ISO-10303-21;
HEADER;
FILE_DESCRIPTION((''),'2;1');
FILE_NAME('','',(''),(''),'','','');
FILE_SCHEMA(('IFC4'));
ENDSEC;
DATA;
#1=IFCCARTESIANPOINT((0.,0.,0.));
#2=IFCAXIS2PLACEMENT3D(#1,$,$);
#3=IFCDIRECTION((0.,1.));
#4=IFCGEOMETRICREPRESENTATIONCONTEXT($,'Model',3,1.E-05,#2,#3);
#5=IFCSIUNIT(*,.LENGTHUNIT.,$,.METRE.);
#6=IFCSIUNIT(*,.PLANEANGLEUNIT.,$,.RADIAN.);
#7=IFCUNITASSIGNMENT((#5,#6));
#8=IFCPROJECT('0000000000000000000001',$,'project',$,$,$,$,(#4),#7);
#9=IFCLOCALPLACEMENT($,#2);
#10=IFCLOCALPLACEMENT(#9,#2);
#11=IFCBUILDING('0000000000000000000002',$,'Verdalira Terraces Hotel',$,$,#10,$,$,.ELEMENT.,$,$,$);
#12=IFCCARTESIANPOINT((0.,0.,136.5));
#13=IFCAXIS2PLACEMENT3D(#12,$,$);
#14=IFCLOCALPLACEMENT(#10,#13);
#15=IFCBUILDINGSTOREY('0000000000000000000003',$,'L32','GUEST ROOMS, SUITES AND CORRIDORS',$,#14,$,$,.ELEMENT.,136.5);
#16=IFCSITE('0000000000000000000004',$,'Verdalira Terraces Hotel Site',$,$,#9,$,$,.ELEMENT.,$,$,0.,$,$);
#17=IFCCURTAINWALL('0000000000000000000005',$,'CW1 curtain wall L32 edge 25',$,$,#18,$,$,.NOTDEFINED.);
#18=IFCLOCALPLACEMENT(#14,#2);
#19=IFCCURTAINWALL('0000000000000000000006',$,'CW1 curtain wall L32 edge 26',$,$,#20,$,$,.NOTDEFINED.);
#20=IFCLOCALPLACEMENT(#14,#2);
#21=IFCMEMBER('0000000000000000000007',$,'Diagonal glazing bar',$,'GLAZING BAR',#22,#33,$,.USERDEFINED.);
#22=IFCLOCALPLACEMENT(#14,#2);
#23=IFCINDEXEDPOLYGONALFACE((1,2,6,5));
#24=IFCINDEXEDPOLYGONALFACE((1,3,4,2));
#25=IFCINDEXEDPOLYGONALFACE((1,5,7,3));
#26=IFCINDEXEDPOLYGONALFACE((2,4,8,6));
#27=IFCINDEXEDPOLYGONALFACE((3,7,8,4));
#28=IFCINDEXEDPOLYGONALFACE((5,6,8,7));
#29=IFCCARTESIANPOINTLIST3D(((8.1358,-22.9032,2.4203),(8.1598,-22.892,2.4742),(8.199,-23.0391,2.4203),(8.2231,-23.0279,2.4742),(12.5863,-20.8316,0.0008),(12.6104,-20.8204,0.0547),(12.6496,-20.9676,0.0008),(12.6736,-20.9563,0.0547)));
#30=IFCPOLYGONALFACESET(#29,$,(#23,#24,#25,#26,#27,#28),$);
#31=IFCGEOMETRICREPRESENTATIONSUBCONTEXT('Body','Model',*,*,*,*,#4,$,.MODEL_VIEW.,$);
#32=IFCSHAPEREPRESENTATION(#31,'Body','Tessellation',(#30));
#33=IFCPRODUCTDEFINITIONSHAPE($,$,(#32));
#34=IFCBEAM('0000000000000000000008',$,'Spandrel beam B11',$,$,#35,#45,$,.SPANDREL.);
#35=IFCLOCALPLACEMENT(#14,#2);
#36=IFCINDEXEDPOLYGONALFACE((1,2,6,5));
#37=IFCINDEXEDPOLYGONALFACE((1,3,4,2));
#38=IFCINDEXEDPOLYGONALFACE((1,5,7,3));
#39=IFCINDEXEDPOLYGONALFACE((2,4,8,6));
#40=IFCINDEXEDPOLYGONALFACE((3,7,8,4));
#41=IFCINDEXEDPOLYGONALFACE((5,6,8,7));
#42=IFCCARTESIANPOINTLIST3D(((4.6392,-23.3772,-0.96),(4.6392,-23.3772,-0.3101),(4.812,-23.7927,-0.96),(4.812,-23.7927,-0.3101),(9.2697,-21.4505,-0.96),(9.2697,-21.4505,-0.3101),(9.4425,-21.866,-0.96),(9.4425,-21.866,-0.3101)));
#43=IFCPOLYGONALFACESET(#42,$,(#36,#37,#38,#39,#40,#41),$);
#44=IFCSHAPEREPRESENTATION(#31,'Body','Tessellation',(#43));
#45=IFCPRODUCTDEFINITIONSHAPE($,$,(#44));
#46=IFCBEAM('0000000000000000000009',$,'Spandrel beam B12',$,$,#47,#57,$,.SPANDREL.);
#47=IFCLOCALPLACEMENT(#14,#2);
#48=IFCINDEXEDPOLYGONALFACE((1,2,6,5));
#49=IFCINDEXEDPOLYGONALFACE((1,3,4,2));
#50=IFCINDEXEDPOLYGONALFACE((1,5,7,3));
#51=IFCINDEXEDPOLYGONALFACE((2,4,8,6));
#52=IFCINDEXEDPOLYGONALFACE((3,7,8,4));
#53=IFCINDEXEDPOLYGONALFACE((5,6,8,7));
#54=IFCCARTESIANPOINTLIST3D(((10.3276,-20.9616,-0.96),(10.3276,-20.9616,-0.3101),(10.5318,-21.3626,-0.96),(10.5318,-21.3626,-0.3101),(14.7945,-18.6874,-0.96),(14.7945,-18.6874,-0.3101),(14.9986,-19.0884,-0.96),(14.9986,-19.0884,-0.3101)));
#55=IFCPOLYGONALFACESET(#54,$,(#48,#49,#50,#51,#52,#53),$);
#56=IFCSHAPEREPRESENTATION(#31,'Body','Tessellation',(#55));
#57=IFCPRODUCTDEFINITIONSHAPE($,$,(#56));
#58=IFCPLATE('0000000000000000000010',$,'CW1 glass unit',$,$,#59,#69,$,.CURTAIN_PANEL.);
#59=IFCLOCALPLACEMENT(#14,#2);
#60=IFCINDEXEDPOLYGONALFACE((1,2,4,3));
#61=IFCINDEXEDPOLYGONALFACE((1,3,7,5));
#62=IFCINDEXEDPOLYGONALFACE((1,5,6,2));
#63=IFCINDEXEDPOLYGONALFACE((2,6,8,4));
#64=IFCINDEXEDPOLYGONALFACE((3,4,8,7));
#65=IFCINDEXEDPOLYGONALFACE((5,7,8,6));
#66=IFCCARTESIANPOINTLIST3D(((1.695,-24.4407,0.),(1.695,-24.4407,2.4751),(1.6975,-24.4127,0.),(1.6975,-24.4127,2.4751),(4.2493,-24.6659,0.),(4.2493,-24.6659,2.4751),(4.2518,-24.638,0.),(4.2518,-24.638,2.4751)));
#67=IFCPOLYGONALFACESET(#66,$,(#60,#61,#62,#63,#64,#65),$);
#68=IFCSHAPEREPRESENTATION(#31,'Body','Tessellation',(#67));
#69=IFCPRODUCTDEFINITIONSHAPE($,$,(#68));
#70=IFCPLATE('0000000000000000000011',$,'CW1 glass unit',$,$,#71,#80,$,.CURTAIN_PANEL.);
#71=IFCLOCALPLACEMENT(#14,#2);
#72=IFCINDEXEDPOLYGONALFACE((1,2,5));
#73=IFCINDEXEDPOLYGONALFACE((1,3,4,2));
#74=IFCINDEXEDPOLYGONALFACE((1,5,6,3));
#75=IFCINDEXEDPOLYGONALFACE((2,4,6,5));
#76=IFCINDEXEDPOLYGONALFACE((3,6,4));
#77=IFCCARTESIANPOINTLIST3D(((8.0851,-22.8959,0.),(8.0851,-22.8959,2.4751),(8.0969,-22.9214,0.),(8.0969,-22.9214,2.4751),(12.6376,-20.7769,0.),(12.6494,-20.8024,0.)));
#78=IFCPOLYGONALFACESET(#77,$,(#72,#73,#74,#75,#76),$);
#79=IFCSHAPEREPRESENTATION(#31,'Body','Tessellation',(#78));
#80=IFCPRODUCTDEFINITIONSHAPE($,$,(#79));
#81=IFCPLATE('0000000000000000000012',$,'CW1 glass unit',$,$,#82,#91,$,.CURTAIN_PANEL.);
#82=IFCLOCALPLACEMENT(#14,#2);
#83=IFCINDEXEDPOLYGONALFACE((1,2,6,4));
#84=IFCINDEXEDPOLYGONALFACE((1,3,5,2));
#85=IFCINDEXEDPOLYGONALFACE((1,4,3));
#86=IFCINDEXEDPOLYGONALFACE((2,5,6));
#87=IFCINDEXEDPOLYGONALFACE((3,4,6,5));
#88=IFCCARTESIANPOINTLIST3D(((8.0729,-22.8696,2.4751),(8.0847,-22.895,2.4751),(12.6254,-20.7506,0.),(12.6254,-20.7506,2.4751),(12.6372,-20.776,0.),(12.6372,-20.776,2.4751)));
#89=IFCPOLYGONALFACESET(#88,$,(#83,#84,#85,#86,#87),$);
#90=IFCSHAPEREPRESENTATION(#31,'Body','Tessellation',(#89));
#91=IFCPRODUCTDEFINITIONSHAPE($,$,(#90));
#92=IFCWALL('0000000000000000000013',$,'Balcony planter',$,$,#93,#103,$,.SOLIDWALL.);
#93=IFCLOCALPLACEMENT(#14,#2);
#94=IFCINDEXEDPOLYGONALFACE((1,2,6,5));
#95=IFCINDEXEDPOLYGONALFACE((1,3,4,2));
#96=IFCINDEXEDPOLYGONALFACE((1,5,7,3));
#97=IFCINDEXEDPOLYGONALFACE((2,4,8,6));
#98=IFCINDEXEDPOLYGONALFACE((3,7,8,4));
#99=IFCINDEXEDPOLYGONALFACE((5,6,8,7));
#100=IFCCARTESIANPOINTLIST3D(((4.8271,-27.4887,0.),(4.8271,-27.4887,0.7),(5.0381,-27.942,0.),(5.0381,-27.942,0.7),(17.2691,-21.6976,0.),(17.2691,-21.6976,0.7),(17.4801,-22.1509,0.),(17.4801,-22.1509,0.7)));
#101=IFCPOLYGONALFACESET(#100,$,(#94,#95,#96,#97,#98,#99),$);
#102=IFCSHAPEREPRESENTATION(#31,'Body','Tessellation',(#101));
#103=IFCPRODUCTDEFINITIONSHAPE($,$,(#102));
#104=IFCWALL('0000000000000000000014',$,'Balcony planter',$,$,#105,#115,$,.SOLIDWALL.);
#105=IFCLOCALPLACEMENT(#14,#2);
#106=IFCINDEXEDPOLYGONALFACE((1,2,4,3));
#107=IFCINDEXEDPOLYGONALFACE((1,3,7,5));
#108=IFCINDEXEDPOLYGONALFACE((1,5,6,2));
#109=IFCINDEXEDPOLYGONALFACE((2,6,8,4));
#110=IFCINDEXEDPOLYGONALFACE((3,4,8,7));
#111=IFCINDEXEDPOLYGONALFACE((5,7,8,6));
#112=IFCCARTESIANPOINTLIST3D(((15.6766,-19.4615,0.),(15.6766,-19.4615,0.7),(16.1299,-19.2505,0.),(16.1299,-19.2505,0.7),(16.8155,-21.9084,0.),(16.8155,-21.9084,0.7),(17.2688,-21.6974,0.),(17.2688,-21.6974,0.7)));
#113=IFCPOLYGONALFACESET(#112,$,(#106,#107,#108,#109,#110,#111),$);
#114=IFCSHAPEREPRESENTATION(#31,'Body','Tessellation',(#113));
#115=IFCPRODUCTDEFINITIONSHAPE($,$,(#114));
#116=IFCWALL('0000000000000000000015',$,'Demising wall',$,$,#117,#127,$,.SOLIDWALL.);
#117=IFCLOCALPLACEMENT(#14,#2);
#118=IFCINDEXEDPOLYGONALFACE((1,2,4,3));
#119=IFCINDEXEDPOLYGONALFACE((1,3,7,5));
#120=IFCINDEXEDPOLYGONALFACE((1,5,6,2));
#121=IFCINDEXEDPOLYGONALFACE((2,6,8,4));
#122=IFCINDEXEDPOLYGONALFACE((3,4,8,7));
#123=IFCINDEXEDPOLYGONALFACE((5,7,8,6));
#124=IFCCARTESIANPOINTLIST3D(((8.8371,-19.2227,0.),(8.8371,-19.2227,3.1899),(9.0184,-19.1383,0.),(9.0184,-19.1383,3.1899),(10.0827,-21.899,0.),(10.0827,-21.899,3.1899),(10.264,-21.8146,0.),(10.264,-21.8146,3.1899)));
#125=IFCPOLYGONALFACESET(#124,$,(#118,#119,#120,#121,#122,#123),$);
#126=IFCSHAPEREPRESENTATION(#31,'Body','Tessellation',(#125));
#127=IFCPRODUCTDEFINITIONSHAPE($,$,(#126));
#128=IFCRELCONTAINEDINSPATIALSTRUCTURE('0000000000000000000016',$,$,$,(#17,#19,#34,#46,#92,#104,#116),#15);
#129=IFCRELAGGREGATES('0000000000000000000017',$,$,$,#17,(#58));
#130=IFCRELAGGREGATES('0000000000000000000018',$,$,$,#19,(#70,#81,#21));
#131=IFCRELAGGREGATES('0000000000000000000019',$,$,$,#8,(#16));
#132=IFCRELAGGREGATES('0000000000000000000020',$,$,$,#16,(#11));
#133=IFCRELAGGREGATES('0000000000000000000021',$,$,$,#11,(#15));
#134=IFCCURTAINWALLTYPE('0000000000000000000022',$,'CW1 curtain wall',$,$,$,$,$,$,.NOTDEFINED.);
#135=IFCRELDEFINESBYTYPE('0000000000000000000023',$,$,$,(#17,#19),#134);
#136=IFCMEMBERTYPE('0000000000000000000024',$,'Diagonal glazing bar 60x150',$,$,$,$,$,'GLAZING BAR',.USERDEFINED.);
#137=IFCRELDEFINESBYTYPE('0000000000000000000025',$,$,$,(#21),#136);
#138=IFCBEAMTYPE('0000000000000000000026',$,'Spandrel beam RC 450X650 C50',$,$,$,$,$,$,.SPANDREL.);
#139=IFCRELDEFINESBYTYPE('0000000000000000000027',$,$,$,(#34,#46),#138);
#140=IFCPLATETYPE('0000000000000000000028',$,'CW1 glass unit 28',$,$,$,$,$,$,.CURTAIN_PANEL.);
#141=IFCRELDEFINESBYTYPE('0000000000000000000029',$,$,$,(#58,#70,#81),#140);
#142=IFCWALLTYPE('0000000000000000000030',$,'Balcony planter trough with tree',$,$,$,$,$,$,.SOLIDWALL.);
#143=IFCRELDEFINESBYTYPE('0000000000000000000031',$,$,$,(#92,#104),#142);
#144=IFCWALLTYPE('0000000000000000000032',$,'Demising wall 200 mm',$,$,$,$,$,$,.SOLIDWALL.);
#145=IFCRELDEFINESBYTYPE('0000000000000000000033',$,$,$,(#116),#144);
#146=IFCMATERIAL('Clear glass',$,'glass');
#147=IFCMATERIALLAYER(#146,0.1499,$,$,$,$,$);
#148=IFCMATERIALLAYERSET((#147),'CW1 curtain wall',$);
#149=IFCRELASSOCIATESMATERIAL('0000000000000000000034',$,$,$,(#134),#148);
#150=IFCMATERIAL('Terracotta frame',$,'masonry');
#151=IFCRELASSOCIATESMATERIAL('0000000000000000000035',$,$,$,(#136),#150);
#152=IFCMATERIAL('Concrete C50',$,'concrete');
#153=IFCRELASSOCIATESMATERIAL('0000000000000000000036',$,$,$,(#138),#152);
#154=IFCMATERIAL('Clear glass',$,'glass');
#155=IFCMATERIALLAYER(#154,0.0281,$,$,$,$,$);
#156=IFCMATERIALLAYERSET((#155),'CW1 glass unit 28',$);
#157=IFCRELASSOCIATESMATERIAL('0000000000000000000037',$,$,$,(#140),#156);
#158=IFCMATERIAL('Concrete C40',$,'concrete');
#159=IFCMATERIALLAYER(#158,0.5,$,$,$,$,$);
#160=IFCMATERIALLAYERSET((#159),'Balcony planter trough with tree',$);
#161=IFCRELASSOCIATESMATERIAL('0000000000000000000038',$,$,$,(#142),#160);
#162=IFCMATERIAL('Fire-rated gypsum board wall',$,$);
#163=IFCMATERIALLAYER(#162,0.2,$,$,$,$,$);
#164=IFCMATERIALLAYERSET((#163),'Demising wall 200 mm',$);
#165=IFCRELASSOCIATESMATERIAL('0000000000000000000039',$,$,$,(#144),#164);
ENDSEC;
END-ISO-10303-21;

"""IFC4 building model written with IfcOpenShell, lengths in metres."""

from ifc_helpers import new_model, si_unit, direction, frame, frame_2d, origin, origin_2d, place, context, subcontext, project, spatial, polyline, rectangle, outline, extrude, material, layer, layer_set, material_profile, profile_set, type_object, element, aggregate, save


model = new_model("IFC4")

# Units and contexts
model_context = context("Model", 3, precision=1e-05, world=origin(), true_north=direction((0.0, 1.0)))
body_context = subcontext(model_context, "Body", "Model", "MODEL_VIEW")
ifc_project = project(units=[si_unit("LENGTHUNIT", "METRE"), si_unit("PLANEANGLEUNIT", "RADIAN")], contexts=[model_context])

# Site, building, storey
site_placement = place(None, origin())
site = spatial("IfcSite", under=ifc_project, at=site_placement, Name="Verdalira Terraces Hotel Site", CompositionType="ELEMENT", RefElevation=0.0)
building_placement = place(site_placement, origin())
building = spatial("IfcBuilding", under=site, at=building_placement, Name="Verdalira Terraces Hotel", CompositionType="ELEMENT")
storey_placement = place(building_placement, frame((0.0, 0.0, 136.5)))
storey = spatial("IfcBuildingStorey", under=building, at=storey_placement, Name="L32", Description="GUEST ROOMS, SUITES AND CORRIDORS", CompositionType="ELEMENT", Elevation=136.5)

# Curtain wall
ifc_material_1 = material(Name="Clear glass", Category="glass")
ifc_layer_1 = layer(ifc_material_1, 0.1499)
ifc_layer_set_1 = layer_set([ifc_layer_1], Name="CW1 curtain wall")
curtain_wall_type = type_object("IfcCurtainWallType", Name="CW1 curtain wall", PredefinedType="NOTDEFINED", material=ifc_layer_set_1)
curtain_wall_1_placement = place(storey_placement, origin())
curtain_wall_1 = element("IfcCurtainWall", 1, at=curtain_wall_1_placement, inside=storey, type_object=curtain_wall_type, Name="CW1 curtain wall L32 edge 25", PredefinedType="NOTDEFINED")

# Curtain wall
curtain_wall_2_placement = place(storey_placement, origin())
curtain_wall_2 = element("IfcCurtainWall", 2, at=curtain_wall_2_placement, inside=storey, type_object=curtain_wall_type, Name="CW1 curtain wall L32 edge 26", PredefinedType="NOTDEFINED")

# Member
ifc_material_2 = material(Name="Terracotta frame", Category="masonry")
ifc_material_profile_1 = material_profile(ifc_material_2, rectangle(XDim=0.1499, YDim=0.0601, at=origin_2d()), Name="GB 60x150")
ifc_profile_set_1 = profile_set([ifc_material_profile_1], Name="Terracotta frame")
member_type_1 = type_object("IfcMemberType", Name="Diagonal glazing bar 60x150", ElementType="GLAZING BAR", PredefinedType="USERDEFINED", material=ifc_profile_set_1)
member_1_placement = place(storey_placement, frame((8.1794, -22.9656, 2.4473), z_axis=(0.813195, 0.378516, -0.442085), x_axis=(-0.421992, 0.906599, 0.0)))
member_1 = element("IfcMember", 3, at=member_1_placement, type_object=member_type_1, Name="Diagonal glazing bar", ObjectType="GLAZING BAR", PredefinedType="USERDEFINED", context=body_context, shape_type="SweptSolid", body=[
    extrude(rectangle(XDim=0.1499, YDim=0.0601, at=origin_2d()), origin(), (0.0, 0.0, 1.0), 5.4729),
])

# Beams
ifc_material_3 = material(Name="Concrete C50", Category="concrete")
ifc_material_profile_2 = material_profile(ifc_material_3, rectangle(XDim=0.45, YDim=0.6499, at=origin_2d()), Name="RC 450X650")
ifc_profile_set_2 = profile_set([ifc_material_profile_2], Name="Concrete C50")
beam_type_1 = type_object("IfcBeamType", Name="Spandrel beam RC 450X650 C50", PredefinedType="SPANDREL", material=ifc_profile_set_2)
beam_1_placement = place(storey_placement, frame((4.7256, -23.585, -0.635), z_axis=(0.923265, 0.384163, 0.0), x_axis=(-0.384163, 0.923265, 0.0)))
element("IfcBeam", 4, at=beam_1_placement, inside=storey, type_object=beam_type_1, Name="Spandrel beam B11", PredefinedType="SPANDREL", context=body_context, shape_type="SweptSolid", body=[
    extrude(rectangle(XDim=0.45, YDim=0.6499, at=origin_2d()), origin(), (0.0, 0.0, 1.0), 5.0154),
])
beam_2_placement = place(storey_placement, frame((10.4297, -21.1621, -0.635), z_axis=(0.89115, 0.453709, 0.0), x_axis=(-0.453709, 0.89115, 0.0)))
element("IfcBeam", 5, at=beam_2_placement, inside=storey, type_object=beam_type_1, Name="Spandrel beam B12", PredefinedType="SPANDREL", context=body_context, shape_type="SweptSolid", body=[
    extrude(rectangle(XDim=0.45, YDim=0.6499, at=origin_2d()), origin(), (0.0, 0.0, 1.0), 5.0125),
])

# Plates
ifc_material_4 = material(Name="Clear glass", Category="glass")
ifc_layer_2 = layer(ifc_material_4, 0.0281)
ifc_layer_set_2 = layer_set([ifc_layer_2], Name="CW1 glass unit 28")
plate_type = type_object("IfcPlateType", Name="CW1 glass unit 28", PredefinedType="CURTAIN_PANEL", material=ifc_layer_set_2)
plate_1_placement = place(storey_placement, frame((2.9734, -24.5393, 0.0), z_axis=(0.0, 0.0, 1.0), x_axis=(0.996134, -0.087851, 0.0)))
plate_1 = element("IfcPlate", 6, at=plate_1_placement, type_object=plate_type, Name="CW1 glass unit", PredefinedType="CURTAIN_PANEL", context=body_context, shape_type="SweptSolid", body=[
    extrude(rectangle(XDim=2.5642, YDim=0.0281, at=origin_2d()), origin(), (0.0, 0.0, 1.0), 2.4751),
])
aggregate(curtain_wall_1, [plate_1])
plate_2_placement = place(storey_placement, frame((10.3613, -21.8364, 1.2375), z_axis=(0.421985, -0.906603, 0.0), x_axis=(0.906603, 0.421985, 0.0)))
plate_2 = element("IfcPlate", 7, at=plate_2_placement, type_object=plate_type, Name="CW1 glass unit", PredefinedType="CURTAIN_PANEL", context=body_context, shape_type="SweptSolid", body=[
    extrude(outline(polyline([(-2.5107, -1.2375), (2.5107, -1.2375), (-2.5107, 1.2375), (-2.5107, -1.2375)])), origin(), (0.0, 0.0, 1.0), 0.0281),
])
plate_3_placement = place(storey_placement, frame((10.3491, -21.8101, 1.2375), z_axis=(0.421985, -0.906603, 0.0), x_axis=(0.906603, 0.421985, 0.0)))
plate_3 = element("IfcPlate", 8, at=plate_3_placement, type_object=plate_type, Name="CW1 glass unit", PredefinedType="CURTAIN_PANEL", context=body_context, shape_type="SweptSolid", body=[
    extrude(outline(polyline([(2.5107, -1.2375), (2.5107, 1.2375), (-2.5107, 1.2375), (2.5107, -1.2375)])), origin(), (0.0, 0.0, 1.0), 0.0281),
])
aggregate(curtain_wall_2, [plate_2, plate_3, member_1])

# Walls
ifc_material_5 = material(Name="Concrete C40", Category="concrete")
ifc_layer_3 = layer(ifc_material_5, 0.5)
ifc_layer_set_3 = layer_set([ifc_layer_3], Name="Balcony planter trough with tree")
wall_type_1 = type_object("IfcWallType", Name="Balcony planter trough with tree", PredefinedType="SOLIDWALL", material=ifc_layer_set_3)
wall_1_placement = place(storey_placement, frame((4.9326, -27.7153, 0.0), z_axis=(0.0, 0.0, 1.0), x_axis=(0.906607, 0.421976, 0.0)))
element("IfcWall", 9, at=wall_1_placement, inside=storey, type_object=wall_type_1, Name="Balcony planter", PredefinedType="SOLIDWALL", context=body_context, shape_type="SweptSolid", body=[
    extrude(rectangle(XDim=13.7236, YDim=0.5, at=frame_2d((6.8618, 0.0))), origin(), (0.0, 0.0, 1.0), 0.7),
])
wall_2_placement = place(storey_placement, frame((17.0422, -21.803, 0.0), z_axis=(0.0, 0.0, 1.0), x_axis=(-0.421999, 0.906596, 0.0)))
element("IfcWall", 10, at=wall_2_placement, inside=storey, type_object=wall_type_1, Name="Balcony planter", PredefinedType="SOLIDWALL", context=body_context, shape_type="SweptSolid", body=[
    extrude(rectangle(XDim=2.699, YDim=0.5, at=frame_2d((1.3496, 0.0))), origin(), (0.0, 0.0, 1.0), 0.7),
])
ifc_material_6 = material(Name="Fire-rated gypsum board wall")
ifc_layer_4 = layer(ifc_material_6, 0.2)
ifc_layer_set_4 = layer_set([ifc_layer_4], Name="Demising wall 200 mm")
wall_type_2 = type_object("IfcWallType", Name="Demising wall 200 mm", PredefinedType="SOLIDWALL", material=ifc_layer_set_4)
wall_3_placement = place(storey_placement, frame((8.9277, -19.1804, 0.0), z_axis=(0.0, 0.0, 1.0), x_axis=(0.421962, -0.906614, 0.0)))
element("IfcWall", 11, at=wall_3_placement, inside=storey, type_object=wall_type_2, Name="Demising wall", PredefinedType="SOLIDWALL", context=body_context, shape_type="SweptSolid", body=[
    extrude(rectangle(XDim=2.9519, YDim=0.2, at=frame_2d((1.4761, 0.0))), origin(), (0.0, 0.0, 1.0), 3.1899),
])

save(model, "model.ifc")
